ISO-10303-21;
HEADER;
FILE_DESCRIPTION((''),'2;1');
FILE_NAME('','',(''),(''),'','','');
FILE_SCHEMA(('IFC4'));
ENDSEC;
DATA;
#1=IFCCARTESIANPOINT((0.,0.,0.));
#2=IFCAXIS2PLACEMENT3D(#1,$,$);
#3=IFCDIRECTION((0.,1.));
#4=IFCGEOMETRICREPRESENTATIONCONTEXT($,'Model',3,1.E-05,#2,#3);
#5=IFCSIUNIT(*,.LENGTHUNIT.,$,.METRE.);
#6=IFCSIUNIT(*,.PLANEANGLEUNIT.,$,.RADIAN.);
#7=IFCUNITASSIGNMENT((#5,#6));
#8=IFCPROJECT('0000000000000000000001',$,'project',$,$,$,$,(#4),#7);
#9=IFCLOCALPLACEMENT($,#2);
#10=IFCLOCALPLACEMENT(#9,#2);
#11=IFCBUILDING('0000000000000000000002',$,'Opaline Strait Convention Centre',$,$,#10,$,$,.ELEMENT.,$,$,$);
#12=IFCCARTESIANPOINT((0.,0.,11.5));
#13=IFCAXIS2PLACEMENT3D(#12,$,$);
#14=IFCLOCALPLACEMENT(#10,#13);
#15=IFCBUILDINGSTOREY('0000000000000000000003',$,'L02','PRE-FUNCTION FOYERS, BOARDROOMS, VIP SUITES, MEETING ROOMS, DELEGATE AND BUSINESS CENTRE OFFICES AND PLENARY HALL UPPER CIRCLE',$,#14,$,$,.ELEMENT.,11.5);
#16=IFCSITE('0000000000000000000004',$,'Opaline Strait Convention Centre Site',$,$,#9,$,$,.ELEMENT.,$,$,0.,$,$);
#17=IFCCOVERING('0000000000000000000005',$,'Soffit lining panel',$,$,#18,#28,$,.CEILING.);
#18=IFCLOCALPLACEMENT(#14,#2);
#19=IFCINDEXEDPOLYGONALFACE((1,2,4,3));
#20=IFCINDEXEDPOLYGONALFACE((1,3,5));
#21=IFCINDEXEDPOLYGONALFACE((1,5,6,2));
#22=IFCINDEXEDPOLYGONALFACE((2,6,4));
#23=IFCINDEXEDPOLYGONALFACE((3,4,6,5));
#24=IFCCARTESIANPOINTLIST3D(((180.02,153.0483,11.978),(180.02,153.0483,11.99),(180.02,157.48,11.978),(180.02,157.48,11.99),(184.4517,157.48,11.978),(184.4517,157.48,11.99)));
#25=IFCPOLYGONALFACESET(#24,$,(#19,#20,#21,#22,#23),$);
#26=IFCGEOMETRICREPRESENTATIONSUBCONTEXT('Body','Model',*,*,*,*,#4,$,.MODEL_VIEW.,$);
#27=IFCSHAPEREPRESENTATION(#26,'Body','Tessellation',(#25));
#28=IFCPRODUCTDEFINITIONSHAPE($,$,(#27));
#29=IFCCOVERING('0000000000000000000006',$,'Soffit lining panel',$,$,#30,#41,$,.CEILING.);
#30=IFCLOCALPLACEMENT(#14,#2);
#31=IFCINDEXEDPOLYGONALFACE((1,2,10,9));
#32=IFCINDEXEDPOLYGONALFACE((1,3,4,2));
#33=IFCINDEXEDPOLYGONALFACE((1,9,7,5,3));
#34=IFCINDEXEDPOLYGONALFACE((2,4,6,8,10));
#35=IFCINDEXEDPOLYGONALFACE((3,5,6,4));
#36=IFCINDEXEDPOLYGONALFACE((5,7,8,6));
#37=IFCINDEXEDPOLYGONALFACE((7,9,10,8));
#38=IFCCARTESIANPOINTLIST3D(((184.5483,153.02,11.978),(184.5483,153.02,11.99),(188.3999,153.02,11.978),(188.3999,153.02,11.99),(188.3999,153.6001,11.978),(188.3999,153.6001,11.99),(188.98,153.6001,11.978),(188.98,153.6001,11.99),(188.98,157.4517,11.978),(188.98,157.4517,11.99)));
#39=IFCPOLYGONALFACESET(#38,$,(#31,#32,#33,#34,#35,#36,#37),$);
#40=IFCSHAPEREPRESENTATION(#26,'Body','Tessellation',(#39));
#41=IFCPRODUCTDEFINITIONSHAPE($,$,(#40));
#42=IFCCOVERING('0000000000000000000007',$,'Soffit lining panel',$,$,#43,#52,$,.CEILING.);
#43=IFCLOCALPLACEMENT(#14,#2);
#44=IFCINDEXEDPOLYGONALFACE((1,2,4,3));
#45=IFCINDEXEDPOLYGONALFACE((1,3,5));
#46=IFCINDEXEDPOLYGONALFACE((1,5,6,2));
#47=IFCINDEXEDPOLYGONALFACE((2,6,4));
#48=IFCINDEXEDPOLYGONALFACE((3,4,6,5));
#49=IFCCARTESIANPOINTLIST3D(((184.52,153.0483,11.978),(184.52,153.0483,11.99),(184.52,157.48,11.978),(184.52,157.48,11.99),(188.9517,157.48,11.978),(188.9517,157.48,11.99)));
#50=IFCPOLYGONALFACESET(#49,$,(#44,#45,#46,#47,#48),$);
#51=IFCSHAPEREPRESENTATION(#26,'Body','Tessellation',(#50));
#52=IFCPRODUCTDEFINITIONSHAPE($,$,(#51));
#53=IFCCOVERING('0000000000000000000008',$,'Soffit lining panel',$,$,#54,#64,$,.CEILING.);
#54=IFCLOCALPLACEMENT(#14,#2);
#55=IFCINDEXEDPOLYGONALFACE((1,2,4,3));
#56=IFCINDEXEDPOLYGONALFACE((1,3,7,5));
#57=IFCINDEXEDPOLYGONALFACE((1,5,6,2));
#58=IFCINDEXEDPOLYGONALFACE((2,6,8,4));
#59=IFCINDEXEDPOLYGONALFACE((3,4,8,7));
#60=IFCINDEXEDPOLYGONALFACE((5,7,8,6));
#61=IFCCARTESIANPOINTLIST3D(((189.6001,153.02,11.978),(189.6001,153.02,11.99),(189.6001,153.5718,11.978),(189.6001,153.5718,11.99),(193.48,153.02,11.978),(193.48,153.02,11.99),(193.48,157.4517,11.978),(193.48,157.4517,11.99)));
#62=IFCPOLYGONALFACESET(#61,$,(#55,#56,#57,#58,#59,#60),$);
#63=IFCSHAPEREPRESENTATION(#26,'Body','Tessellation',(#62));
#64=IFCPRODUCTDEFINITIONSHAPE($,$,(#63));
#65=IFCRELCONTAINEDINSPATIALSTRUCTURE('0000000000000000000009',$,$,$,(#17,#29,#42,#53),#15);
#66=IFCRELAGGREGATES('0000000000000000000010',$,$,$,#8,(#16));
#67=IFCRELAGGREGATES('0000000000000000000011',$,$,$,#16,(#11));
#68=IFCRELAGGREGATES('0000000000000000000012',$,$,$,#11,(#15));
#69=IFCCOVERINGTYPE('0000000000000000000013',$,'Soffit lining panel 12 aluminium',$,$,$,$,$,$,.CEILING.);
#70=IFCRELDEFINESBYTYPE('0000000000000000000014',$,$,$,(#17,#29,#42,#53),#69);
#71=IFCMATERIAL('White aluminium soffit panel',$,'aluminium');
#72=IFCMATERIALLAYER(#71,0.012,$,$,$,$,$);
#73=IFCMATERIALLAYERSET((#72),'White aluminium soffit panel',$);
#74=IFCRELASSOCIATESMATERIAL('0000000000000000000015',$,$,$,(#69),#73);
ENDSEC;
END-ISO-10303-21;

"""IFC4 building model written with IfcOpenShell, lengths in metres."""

from ifc_helpers import new_model, si_unit, direction, frame, origin, place, context, subcontext, project, spatial, polyline, outline, extrude, material, layer, layer_set, type_object, element, save


model = new_model("IFC4")

# Units and contexts
model_context = context("Model", 3, precision=1e-05, world=origin(), true_north=direction((0.0, 1.0)))
body_context = subcontext(model_context, "Body", "Model", "MODEL_VIEW")
ifc_project = project(units=[si_unit("LENGTHUNIT", "METRE"), si_unit("PLANEANGLEUNIT", "RADIAN")], contexts=[model_context])

# Site, building, storey
site_placement = place(None, origin())
site = spatial("IfcSite", under=ifc_project, at=site_placement, Name="Opaline Strait Convention Centre Site", CompositionType="ELEMENT", RefElevation=0.0)
building_placement = place(site_placement, origin())
building = spatial("IfcBuilding", under=site, at=building_placement, Name="Opaline Strait Convention Centre", CompositionType="ELEMENT")
storey_placement = place(building_placement, frame((0.0, 0.0, 11.5)))
storey = spatial("IfcBuildingStorey", under=building, at=storey_placement, Name="L02", Description="PRE-FUNCTION FOYERS, BOARDROOMS, VIP SUITES, MEETING ROOMS, DELEGATE AND BUSINESS CENTRE OFFICES AND PLENARY HALL UPPER CIRCLE", CompositionType="ELEMENT", Elevation=11.5)

# Coverings
ifc_material_1 = material(Name="White aluminium soffit panel", Category="aluminium")
ifc_layer = layer(ifc_material_1, 0.012)
ifc_layer_set = layer_set([ifc_layer], Name="White aluminium soffit panel")
covering_type = type_object("IfcCoveringType", Name="Soffit lining panel 12 aluminium", PredefinedType="CEILING", material=ifc_layer_set)
covering_1_placement = place(storey_placement, frame((180.02, 153.0483, 11.99), z_axis=(0.0, 0.0, 1.0), x_axis=(0.0, 1.0, 0.0)))
element("IfcCovering", 1, at=covering_1_placement, inside=storey, type_object=covering_type, Name="Soffit lining panel", PredefinedType="CEILING", context=body_context, shape_type="SweptSolid", body=[
    extrude(outline(polyline([(0.0, 0.0), (4.4316, 0.0), (4.4316, -4.4316), (0.0, 0.0)])), origin(), (0.0, 0.0, -1.0), 0.012),
])
covering_2_placement = place(storey_placement, frame((184.5483, 153.02, 11.99), z_axis=(0.0, 0.0, 1.0), x_axis=(0.707107, 0.707107, 0.0)))
element("IfcCovering", 2, at=covering_2_placement, inside=storey, type_object=covering_type, Name="Soffit lining panel", PredefinedType="CEILING", context=body_context, shape_type="SweptSolid", body=[
    extrude(outline(polyline([(0.0, 0.0), (6.2673, 0.0), (3.5438, -2.7235), (3.1336, -2.3133), (2.7235, -2.7235), (0.0, 0.0)])), origin(), (0.0, 0.0, -1.0), 0.012),
])
covering_3_placement = place(storey_placement, frame((184.52, 153.0483, 11.99), z_axis=(0.0, 0.0, 1.0), x_axis=(0.0, 1.0, 0.0)))
element("IfcCovering", 3, at=covering_3_placement, inside=storey, type_object=covering_type, Name="Soffit lining panel", PredefinedType="CEILING", context=body_context, shape_type="SweptSolid", body=[
    extrude(outline(polyline([(0.0, 0.0), (4.4316, 0.0), (4.4316, -4.4316), (0.0, 0.0)])), origin(), (0.0, 0.0, -1.0), 0.012),
])
covering_4_placement = place(storey_placement, frame((189.6001, 153.02, 11.99), z_axis=(0.0, 0.0, 1.0), x_axis=(0.0, 1.0, 0.0)))
element("IfcCovering", 4, at=covering_4_placement, inside=storey, type_object=covering_type, Name="Soffit lining panel", PredefinedType="CEILING", context=body_context, shape_type="SweptSolid", body=[
    extrude(outline(polyline([(0.0, 0.0), (0.5518, 0.0), (4.4316, -3.8799), (0.0, -3.8799), (0.0, 0.0)])), origin(), (0.0, 0.0, -1.0), 0.012),
])

save(model, "model.ifc")
